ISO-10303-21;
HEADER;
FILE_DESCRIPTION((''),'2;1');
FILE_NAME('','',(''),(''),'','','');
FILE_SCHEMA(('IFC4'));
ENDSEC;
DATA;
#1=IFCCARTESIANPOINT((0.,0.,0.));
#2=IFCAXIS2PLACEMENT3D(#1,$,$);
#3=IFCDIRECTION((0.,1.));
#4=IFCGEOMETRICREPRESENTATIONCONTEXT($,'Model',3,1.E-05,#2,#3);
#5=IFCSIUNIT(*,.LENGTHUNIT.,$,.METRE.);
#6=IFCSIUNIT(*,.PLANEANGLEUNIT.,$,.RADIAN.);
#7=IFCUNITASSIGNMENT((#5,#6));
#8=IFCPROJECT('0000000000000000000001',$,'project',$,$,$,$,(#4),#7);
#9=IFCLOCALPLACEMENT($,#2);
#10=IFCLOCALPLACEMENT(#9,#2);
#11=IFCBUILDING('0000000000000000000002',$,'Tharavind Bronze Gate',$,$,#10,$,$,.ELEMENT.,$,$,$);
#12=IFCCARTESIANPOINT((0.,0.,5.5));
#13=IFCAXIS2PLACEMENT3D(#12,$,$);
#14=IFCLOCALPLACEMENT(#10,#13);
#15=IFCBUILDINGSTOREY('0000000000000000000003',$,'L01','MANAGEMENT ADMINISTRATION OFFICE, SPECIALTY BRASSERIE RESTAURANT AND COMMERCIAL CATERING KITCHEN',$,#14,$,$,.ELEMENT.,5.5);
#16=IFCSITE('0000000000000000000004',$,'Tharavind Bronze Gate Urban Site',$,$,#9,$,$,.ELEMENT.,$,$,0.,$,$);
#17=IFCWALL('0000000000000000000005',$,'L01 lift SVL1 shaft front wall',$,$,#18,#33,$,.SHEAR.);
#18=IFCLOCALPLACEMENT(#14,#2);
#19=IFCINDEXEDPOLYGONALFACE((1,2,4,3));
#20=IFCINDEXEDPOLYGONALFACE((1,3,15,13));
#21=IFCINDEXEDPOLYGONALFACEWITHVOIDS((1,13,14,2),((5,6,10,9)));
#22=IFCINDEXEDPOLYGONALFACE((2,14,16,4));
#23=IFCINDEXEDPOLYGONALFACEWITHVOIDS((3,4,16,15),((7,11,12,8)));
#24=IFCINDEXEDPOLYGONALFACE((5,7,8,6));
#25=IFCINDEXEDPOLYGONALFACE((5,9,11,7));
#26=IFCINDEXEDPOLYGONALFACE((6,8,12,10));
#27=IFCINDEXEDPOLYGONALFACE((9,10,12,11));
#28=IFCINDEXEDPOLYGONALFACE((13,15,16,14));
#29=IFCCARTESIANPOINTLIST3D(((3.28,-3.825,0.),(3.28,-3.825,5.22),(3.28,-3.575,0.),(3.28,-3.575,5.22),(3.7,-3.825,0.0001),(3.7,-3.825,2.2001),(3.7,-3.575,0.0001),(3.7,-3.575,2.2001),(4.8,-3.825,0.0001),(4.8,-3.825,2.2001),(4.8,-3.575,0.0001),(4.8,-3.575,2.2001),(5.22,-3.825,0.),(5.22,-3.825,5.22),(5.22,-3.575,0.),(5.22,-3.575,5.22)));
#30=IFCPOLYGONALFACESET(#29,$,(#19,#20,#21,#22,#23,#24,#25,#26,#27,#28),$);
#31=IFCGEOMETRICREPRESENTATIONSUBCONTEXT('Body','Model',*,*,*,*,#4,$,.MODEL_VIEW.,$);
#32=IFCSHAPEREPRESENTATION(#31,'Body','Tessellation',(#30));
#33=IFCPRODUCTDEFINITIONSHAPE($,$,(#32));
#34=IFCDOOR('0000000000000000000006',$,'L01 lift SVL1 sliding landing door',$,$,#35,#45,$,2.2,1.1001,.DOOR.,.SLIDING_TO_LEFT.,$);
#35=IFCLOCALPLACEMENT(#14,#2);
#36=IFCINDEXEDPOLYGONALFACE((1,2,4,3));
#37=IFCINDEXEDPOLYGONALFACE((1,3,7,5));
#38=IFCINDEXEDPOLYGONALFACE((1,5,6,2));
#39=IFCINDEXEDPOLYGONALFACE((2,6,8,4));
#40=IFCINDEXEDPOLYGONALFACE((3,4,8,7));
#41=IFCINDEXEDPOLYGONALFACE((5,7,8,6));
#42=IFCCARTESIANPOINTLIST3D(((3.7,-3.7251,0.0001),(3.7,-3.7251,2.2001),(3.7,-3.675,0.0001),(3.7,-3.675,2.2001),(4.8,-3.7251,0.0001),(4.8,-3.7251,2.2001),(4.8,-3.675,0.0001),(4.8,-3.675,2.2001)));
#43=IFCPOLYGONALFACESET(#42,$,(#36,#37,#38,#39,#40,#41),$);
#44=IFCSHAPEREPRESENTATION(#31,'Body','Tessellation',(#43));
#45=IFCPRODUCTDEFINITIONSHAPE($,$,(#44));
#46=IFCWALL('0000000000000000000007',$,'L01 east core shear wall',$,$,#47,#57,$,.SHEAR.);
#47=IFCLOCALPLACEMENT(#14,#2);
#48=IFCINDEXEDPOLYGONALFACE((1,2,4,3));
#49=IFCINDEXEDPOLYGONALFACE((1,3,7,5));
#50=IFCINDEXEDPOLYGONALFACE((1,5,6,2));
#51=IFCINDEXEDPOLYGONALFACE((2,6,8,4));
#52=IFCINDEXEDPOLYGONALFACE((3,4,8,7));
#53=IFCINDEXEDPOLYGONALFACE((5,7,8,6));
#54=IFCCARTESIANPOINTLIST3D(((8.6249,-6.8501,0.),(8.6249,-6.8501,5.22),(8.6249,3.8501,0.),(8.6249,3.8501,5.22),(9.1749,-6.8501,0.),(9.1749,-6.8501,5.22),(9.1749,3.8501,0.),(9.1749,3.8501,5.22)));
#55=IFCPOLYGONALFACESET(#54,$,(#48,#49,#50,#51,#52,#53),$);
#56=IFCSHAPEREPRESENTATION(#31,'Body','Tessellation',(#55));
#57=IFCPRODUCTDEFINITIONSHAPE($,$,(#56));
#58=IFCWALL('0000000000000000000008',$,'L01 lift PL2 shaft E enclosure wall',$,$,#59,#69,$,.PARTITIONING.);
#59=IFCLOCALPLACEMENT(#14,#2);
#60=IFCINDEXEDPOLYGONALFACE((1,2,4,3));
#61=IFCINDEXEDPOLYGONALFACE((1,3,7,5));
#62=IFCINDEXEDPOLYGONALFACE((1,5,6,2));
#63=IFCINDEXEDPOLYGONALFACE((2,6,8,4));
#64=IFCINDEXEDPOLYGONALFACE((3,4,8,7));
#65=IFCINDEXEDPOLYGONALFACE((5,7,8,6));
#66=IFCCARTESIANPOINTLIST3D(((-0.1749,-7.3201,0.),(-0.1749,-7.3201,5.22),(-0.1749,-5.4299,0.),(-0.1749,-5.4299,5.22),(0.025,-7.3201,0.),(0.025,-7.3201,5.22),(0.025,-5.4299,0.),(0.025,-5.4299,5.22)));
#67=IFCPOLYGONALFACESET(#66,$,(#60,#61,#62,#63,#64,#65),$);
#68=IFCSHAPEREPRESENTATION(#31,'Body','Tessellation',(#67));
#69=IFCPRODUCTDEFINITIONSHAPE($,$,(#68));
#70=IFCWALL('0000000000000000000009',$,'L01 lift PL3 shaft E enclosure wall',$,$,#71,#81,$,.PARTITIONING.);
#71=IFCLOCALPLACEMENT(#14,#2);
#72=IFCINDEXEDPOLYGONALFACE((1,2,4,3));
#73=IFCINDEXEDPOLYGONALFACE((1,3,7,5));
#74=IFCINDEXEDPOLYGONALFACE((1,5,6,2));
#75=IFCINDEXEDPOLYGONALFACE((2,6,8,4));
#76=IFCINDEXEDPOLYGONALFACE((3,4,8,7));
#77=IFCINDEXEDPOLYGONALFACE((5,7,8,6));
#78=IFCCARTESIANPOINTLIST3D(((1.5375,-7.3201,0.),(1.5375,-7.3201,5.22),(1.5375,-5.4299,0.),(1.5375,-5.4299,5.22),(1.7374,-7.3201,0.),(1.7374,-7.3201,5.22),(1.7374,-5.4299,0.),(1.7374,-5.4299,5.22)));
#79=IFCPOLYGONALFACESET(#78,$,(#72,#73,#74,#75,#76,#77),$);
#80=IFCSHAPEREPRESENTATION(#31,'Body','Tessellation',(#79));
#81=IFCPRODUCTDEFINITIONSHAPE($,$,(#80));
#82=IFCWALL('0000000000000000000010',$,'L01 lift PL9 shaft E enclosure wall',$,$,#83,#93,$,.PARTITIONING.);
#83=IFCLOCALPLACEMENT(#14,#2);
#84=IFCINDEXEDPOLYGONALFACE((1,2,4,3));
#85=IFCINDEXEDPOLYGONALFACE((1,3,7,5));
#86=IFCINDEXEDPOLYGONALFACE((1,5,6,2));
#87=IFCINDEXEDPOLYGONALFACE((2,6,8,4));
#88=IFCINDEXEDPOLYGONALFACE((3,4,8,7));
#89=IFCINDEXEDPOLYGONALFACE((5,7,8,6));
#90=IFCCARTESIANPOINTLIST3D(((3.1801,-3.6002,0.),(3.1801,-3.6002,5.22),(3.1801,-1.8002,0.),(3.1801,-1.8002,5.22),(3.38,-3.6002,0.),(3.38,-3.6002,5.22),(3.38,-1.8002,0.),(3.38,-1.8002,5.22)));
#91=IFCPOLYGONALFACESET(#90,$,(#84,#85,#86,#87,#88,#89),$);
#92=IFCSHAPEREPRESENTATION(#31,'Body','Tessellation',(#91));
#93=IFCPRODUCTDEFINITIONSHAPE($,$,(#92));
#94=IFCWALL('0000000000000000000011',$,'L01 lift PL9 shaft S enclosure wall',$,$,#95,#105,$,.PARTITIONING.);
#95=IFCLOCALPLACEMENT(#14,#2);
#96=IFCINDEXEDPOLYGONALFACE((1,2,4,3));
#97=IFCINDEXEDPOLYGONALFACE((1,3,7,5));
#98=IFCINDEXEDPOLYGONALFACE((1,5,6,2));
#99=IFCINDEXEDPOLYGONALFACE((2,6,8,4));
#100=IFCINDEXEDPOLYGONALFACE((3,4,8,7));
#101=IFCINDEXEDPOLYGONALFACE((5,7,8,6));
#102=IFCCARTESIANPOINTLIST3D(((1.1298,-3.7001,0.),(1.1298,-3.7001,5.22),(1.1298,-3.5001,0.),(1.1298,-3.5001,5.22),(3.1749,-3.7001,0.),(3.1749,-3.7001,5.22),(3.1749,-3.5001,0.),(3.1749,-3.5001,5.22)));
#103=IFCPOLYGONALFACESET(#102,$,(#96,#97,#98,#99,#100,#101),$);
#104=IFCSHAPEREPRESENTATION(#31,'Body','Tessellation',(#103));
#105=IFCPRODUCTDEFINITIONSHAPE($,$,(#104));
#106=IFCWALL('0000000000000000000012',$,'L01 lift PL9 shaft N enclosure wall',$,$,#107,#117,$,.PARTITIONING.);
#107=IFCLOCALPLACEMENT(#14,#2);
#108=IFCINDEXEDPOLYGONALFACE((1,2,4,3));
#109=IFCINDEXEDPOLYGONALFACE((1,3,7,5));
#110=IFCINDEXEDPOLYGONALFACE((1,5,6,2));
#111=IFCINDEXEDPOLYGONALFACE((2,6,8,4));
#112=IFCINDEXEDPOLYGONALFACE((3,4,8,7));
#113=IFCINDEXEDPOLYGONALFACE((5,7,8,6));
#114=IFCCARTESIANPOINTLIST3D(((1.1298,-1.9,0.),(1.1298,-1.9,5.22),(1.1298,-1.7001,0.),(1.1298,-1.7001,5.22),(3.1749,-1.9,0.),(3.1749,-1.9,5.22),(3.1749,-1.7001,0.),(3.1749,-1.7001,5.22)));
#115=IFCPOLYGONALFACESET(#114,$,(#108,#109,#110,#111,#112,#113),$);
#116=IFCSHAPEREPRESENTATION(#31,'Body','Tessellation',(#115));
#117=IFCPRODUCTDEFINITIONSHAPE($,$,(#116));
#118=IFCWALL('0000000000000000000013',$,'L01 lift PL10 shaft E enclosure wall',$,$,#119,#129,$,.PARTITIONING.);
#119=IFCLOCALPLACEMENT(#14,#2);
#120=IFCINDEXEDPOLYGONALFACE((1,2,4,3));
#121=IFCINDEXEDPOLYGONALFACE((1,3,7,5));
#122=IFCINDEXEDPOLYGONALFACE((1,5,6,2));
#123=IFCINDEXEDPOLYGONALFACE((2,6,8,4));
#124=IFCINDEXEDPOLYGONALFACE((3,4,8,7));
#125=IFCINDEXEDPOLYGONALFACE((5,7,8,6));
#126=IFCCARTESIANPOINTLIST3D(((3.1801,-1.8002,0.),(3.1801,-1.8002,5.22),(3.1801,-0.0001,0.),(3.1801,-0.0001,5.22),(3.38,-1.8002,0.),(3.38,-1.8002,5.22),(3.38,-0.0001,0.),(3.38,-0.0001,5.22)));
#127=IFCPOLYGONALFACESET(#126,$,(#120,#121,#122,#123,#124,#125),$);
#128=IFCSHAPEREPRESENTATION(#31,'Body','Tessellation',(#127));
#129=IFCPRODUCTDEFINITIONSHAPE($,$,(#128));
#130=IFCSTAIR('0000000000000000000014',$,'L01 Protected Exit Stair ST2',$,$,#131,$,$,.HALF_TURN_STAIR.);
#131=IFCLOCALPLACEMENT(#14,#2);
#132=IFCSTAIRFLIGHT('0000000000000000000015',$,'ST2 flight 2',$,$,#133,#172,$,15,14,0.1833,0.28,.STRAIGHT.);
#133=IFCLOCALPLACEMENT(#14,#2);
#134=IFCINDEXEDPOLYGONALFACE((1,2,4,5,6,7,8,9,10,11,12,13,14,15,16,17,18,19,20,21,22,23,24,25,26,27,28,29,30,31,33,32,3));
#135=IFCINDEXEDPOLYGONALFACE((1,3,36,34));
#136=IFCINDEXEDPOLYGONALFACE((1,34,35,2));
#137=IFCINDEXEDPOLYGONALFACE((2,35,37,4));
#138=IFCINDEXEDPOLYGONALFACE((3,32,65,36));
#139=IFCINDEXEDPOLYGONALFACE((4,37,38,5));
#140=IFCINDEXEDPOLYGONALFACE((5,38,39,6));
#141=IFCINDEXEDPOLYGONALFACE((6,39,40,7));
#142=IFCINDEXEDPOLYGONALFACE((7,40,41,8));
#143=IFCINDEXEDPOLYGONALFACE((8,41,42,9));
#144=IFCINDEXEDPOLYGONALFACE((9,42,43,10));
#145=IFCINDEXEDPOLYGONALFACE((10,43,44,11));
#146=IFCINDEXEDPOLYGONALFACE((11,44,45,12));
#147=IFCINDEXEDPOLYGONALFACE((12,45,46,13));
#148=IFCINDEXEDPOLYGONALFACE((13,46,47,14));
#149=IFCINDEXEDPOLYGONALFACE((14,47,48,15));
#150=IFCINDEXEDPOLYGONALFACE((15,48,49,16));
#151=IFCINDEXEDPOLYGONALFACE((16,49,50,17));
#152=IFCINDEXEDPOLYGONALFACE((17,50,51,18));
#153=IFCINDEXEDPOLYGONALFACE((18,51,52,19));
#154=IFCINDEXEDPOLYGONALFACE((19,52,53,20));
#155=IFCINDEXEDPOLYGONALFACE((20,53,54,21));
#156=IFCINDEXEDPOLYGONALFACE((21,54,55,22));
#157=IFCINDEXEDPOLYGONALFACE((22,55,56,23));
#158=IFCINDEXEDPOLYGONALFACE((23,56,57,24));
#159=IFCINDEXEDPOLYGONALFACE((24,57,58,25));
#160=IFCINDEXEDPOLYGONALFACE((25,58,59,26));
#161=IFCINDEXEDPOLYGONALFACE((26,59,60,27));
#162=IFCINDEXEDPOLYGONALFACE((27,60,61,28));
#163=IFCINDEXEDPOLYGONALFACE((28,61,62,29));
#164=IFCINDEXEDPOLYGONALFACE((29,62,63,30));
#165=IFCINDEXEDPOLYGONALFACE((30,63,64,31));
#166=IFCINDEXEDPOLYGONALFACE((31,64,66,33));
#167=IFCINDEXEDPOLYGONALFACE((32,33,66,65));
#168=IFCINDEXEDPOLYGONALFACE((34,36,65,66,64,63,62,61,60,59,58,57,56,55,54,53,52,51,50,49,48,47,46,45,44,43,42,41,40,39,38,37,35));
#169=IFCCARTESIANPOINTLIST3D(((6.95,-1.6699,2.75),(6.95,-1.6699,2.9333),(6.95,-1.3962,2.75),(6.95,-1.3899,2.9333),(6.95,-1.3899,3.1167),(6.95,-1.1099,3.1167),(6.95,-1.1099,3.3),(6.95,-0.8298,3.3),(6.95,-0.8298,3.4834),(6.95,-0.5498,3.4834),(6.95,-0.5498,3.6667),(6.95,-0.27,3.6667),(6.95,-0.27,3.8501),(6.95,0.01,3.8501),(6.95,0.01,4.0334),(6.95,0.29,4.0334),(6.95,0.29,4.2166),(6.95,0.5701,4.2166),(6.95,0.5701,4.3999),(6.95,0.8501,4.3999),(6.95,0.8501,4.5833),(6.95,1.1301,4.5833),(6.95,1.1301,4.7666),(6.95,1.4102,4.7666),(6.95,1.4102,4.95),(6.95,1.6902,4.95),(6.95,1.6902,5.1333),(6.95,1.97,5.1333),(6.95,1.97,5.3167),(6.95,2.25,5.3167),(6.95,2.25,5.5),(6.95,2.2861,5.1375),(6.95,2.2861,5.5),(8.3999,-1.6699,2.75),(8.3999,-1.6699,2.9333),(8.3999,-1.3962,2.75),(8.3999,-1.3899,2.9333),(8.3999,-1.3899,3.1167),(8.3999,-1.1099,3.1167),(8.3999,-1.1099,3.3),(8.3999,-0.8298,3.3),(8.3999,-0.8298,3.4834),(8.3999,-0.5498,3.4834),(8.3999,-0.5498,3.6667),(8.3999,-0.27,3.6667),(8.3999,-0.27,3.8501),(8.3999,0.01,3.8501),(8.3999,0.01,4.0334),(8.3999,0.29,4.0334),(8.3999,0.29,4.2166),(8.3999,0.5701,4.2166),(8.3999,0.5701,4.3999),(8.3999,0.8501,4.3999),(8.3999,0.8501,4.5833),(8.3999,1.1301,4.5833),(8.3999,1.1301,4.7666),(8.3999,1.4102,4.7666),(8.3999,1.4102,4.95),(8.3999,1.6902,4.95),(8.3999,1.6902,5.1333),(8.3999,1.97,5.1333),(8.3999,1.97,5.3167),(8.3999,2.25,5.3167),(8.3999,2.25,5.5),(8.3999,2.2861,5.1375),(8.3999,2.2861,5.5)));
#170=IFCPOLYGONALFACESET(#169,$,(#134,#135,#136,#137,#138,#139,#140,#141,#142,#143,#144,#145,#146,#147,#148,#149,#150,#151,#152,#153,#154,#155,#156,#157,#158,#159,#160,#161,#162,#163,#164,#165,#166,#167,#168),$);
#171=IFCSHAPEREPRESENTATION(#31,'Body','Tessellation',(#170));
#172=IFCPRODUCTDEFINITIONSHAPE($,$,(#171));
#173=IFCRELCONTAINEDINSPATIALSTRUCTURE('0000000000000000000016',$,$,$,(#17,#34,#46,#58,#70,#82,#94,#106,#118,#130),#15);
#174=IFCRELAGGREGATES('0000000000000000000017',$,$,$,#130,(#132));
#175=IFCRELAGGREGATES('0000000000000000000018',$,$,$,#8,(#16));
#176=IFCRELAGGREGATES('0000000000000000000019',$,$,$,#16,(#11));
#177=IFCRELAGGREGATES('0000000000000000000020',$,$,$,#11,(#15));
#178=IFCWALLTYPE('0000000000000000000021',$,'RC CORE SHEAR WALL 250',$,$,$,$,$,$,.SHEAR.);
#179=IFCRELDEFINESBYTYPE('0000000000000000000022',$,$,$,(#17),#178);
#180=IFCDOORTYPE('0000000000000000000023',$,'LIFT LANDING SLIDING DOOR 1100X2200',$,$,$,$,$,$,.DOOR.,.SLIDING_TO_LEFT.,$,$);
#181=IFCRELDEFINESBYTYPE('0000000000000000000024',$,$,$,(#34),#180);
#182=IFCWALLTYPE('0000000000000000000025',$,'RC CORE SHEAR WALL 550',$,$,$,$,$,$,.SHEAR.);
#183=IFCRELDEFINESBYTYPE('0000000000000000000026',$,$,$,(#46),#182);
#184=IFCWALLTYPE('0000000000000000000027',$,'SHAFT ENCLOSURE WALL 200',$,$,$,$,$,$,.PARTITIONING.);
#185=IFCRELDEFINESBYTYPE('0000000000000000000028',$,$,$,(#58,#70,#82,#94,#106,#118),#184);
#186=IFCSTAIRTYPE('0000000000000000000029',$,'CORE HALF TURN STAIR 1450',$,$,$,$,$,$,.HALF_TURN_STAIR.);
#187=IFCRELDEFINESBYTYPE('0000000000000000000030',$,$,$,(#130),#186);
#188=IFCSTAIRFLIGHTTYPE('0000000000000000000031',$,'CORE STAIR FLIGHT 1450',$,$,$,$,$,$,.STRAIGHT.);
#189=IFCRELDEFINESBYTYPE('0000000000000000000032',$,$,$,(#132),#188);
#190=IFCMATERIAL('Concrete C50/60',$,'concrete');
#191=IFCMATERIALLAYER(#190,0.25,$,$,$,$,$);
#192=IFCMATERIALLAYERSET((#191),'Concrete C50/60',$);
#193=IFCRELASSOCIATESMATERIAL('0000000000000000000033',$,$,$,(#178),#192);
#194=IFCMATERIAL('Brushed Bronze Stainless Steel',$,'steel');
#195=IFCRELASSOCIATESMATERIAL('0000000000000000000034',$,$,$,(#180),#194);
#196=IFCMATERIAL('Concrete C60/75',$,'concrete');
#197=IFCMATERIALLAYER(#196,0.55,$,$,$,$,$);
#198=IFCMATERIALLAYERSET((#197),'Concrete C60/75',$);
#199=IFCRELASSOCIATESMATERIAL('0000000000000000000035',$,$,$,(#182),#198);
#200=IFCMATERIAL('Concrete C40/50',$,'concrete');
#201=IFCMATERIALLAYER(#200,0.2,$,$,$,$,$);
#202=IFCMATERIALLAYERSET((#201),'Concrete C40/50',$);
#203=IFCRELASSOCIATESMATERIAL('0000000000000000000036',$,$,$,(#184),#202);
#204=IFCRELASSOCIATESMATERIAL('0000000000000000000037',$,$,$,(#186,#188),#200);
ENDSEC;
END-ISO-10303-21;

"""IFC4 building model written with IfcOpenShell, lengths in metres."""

from ifc_helpers import new_model, si_unit, direction, frame, frame_2d, origin, place, context, subcontext, project, spatial, polyline, rectangle, outline, extrude, material, layer, layer_set, type_object, element, fill, aggregate, save


model = new_model("IFC4")

# Units and contexts
model_context = context("Model", 3, precision=1e-05, world=origin(), true_north=direction((0.0, 1.0)))
body_context = subcontext(model_context, "Body", "Model", "MODEL_VIEW")
ifc_project = project(units=[si_unit("LENGTHUNIT", "METRE"), si_unit("PLANEANGLEUNIT", "RADIAN")], contexts=[model_context])

# Site, building, storey
site_placement = place(None, origin())
site = spatial("IfcSite", under=ifc_project, at=site_placement, Name="Tharavind Bronze Gate Urban Site", CompositionType="ELEMENT", RefElevation=0.0)
building_placement = place(site_placement, origin())
building = spatial("IfcBuilding", under=site, at=building_placement, Name="Tharavind Bronze Gate", CompositionType="ELEMENT")
storey_placement = place(building_placement, frame((0.0, 0.0, 5.5)))
storey = spatial("IfcBuildingStorey", under=building, at=storey_placement, Name="L01", Description="MANAGEMENT ADMINISTRATION OFFICE, SPECIALTY BRASSERIE RESTAURANT AND COMMERCIAL CATERING KITCHEN", CompositionType="ELEMENT", Elevation=5.5)

# Shared definitions
ifc_material_1 = material(Name="Concrete C50/60", Category="concrete")
ifc_layer_1 = layer(ifc_material_1, 0.25)
ifc_layer_set_1 = layer_set([ifc_layer_1], Name="Concrete C50/60")
wall_type_1 = type_object("IfcWallType", Name="RC CORE SHEAR WALL 250", PredefinedType="SHEAR", material=ifc_layer_set_1)

# Shared definitions
ifc_material_2 = material(Name="Brushed Bronze Stainless Steel", Category="steel")
door_type = type_object("IfcDoorType", Name="LIFT LANDING SLIDING DOOR 1100X2200", OperationType="SLIDING_TO_LEFT", PredefinedType="DOOR", material=ifc_material_2)

# Wall, opening, door
wall_1_placement = place(storey_placement, frame((3.28, -3.7, 0.0), z_axis=(0.0, 0.0, 1.0), x_axis=(1.0, 0.0, 0.0)))
wall_1 = element("IfcWall", 1, at=wall_1_placement, inside=storey, type_object=wall_type_1, Name="L01 lift SVL1 shaft front wall", PredefinedType="SHEAR", context=body_context, shape_type="SweptSolid", body=[
    extrude(rectangle(XDim=1.9399, YDim=0.25, at=frame_2d((0.97, 0.0))), origin(), (0.0, 0.0, 1.0), 5.22),
])
opening_1_placement = place(wall_1_placement, frame((0.4199, 0.0, 0.0)))
opening_1 = element("IfcOpeningElement", 2, at=opening_1_placement, cuts=wall_1, PredefinedType="OPENING", context=body_context, shape_type="SweptSolid", body=[
    extrude(rectangle(XDim=1.1001, YDim=2.2, at=frame_2d((0.55, 1.1001))), frame((0.0, 0.135, 0.0), z_axis=(0.0, -1.0, 0.0), x_axis=(1.0, 0.0, 0.0)), (0.0, 0.0, 1.0), 0.27),
])
door_1_placement = place(opening_1_placement, origin())
door_1 = element("IfcDoor", 3, at=door_1_placement, inside=storey, type_object=door_type, Name="L01 lift SVL1 sliding landing door", OperationType="SLIDING_TO_LEFT", OverallHeight=2.2, OverallWidth=1.1001, PredefinedType="DOOR", context=body_context, shape_type="SweptSolid", body=[
    extrude(rectangle(XDim=1.1001, YDim=2.2, at=frame_2d((0.55, 1.1001))), frame((0.0, 0.0249, 0.0), z_axis=(0.0, -1.0, 0.0), x_axis=(1.0, 0.0, 0.0)), (0.0, 0.0, 1.0), 0.05),
])
fill(opening_1, door_1)

# Walls
ifc_material_3 = material(Name="Concrete C60/75", Category="concrete")
ifc_layer_2 = layer(ifc_material_3, 0.55)
ifc_layer_set_2 = layer_set([ifc_layer_2], Name="Concrete C60/75")
wall_type_2 = type_object("IfcWallType", Name="RC CORE SHEAR WALL 550", PredefinedType="SHEAR", material=ifc_layer_set_2)
wall_2_placement = place(storey_placement, frame((8.8999, -6.8501, 0.0), z_axis=(0.0, 0.0, 1.0), x_axis=(0.0, 1.0, 0.0)))
element("IfcWall", 4, at=wall_2_placement, inside=storey, type_object=wall_type_2, Name="L01 east core shear wall", PredefinedType="SHEAR", context=body_context, shape_type="SweptSolid", body=[
    extrude(rectangle(XDim=10.7002, YDim=0.55, at=frame_2d((5.3501, 0.0))), origin(), (0.0, 0.0, 1.0), 5.22),
])
ifc_material_4 = material(Name="Concrete C40/50", Category="concrete")
ifc_layer_3 = layer(ifc_material_4, 0.2)
ifc_layer_set_3 = layer_set([ifc_layer_3], Name="Concrete C40/50")
wall_type_3 = type_object("IfcWallType", Name="SHAFT ENCLOSURE WALL 200", PredefinedType="PARTITIONING", material=ifc_layer_set_3)
for number, where, z_axis, x_axis, name in (
    (5, (-0.075, -7.3201, 0.0), (0.0, 0.0, 1.0), (0.0, 1.0, 0.0), "L01 lift PL2 shaft E enclosure wall"),
    (6, (1.6375, -7.3201, 0.0), (0.0, 0.0, 1.0), (0.0, 1.0, 0.0), "L01 lift PL3 shaft E enclosure wall"),
):
    element("IfcWall", number, at=place(storey_placement, frame(where, z_axis=z_axis, x_axis=x_axis)), inside=storey, type_object=wall_type_3, Name=name, PredefinedType="PARTITIONING", context=body_context, shape_type="SweptSolid", body=[
        extrude(rectangle(XDim=1.8901, YDim=0.2, at=frame_2d((0.9451, 0.0))), origin(), (0.0, 0.0, 1.0), 5.22),
    ])
wall_3_placement = place(storey_placement, frame((3.28, -3.6001, 0.0), z_axis=(0.0, 0.0, 1.0), x_axis=(0.0, 1.0, 0.0)))
element("IfcWall", 7, at=wall_3_placement, inside=storey, type_object=wall_type_3, Name="L01 lift PL9 shaft E enclosure wall", PredefinedType="PARTITIONING", context=body_context, shape_type="SweptSolid", body=[
    extrude(rectangle(XDim=1.8, YDim=0.2, at=frame_2d((0.8999, 0.0))), origin(), (0.0, 0.0, 1.0), 5.22),
])
for number, where, z_axis, x_axis, name in (
    (8, (1.1299, -3.6001, 0.0), (0.0, 0.0, 1.0), (1.0, 0.0, 0.0), "L01 lift PL9 shaft S enclosure wall"),
    (9, (1.1299, -1.8, 0.0), (0.0, 0.0, 1.0), (1.0, 0.0, 0.0), "L01 lift PL9 shaft N enclosure wall"),
):
    element("IfcWall", number, at=place(storey_placement, frame(where, z_axis=z_axis, x_axis=x_axis)), inside=storey, type_object=wall_type_3, Name=name, PredefinedType="PARTITIONING", context=body_context, shape_type="SweptSolid", body=[
        extrude(rectangle(XDim=2.0452, YDim=0.2, at=frame_2d((1.0225, 0.0))), origin(), (0.0, 0.0, 1.0), 5.22),
    ])
wall_4_placement = place(storey_placement, frame((3.28, -1.8, 0.0), z_axis=(0.0, 0.0, 1.0), x_axis=(0.0, 1.0, 0.0)))
element("IfcWall", 10, at=wall_4_placement, inside=storey, type_object=wall_type_3, Name="L01 lift PL10 shaft E enclosure wall", PredefinedType="PARTITIONING", context=body_context, shape_type="SweptSolid", body=[
    extrude(rectangle(XDim=1.8, YDim=0.2, at=frame_2d((0.8999, 0.0))), origin(), (0.0, 0.0, 1.0), 5.22),
])

# Stair, stair flight
stair_type = type_object("IfcStairType", Name="CORE HALF TURN STAIR 1450", PredefinedType="HALF_TURN_STAIR", material=ifc_material_4)
stair_placement = place(storey_placement, origin())
stair = element("IfcStair", 11, at=stair_placement, inside=storey, type_object=stair_type, Name="L01 Protected Exit Stair ST2", PredefinedType="HALF_TURN_STAIR")
stair_flight_type = type_object("IfcStairFlightType", Name="CORE STAIR FLIGHT 1450", PredefinedType="STRAIGHT", material=ifc_material_4)
stair_flight_placement = place(storey_placement, frame((7.675, -1.6699, 2.75), z_axis=(0.0, 0.0, 1.0), x_axis=(0.0, 1.0, 0.0)))
stair_flight = element("IfcStairFlight", 12, at=stair_flight_placement, type_object=stair_flight_type, Name="ST2 flight 2", NumberOfRisers=15, NumberOfTreads=14, PredefinedType="STRAIGHT", RiserHeight=0.1833, TreadLength=0.28, context=body_context, shape_type="SweptSolid", body=[
    extrude(outline(polyline([(0.0, 0.0), (0.0, 0.1833), (0.28, 0.1833), (0.28, 0.3667), (0.5601, 0.3667), (0.5601, 0.55), (0.8401, 0.55), (0.8401, 0.7334), (1.1201, 0.7334), (1.1201, 0.9167), (1.3999, 0.9167), (1.3999, 1.1001), (1.6799, 1.1001), (1.6799, 1.2834), (1.96, 1.2834), (1.96, 1.4666), (2.24, 1.4666), (2.24, 1.6499), (2.52, 1.6499), (2.52, 1.8333), (2.8, 1.8333), (2.8, 2.0166), (3.0801, 2.0166), (3.0801, 2.2), (3.3601, 2.2), (3.3601, 2.3833), (3.6399, 2.3833), (3.6399, 2.5667), (3.9199, 2.5667), (3.9199, 2.75), (3.9561, 2.75), (3.9561, 2.3875), (0.2737, 0.0), (0.0, 0.0)])), frame((0.0, 0.7251, 0.0), z_axis=(0.0, -1.0, 0.0), x_axis=(1.0, 0.0, 0.0)), (0.0, 0.0, 1.0), 1.45),
])
aggregate(stair, [stair_flight])

save(model, "model.ifc")
